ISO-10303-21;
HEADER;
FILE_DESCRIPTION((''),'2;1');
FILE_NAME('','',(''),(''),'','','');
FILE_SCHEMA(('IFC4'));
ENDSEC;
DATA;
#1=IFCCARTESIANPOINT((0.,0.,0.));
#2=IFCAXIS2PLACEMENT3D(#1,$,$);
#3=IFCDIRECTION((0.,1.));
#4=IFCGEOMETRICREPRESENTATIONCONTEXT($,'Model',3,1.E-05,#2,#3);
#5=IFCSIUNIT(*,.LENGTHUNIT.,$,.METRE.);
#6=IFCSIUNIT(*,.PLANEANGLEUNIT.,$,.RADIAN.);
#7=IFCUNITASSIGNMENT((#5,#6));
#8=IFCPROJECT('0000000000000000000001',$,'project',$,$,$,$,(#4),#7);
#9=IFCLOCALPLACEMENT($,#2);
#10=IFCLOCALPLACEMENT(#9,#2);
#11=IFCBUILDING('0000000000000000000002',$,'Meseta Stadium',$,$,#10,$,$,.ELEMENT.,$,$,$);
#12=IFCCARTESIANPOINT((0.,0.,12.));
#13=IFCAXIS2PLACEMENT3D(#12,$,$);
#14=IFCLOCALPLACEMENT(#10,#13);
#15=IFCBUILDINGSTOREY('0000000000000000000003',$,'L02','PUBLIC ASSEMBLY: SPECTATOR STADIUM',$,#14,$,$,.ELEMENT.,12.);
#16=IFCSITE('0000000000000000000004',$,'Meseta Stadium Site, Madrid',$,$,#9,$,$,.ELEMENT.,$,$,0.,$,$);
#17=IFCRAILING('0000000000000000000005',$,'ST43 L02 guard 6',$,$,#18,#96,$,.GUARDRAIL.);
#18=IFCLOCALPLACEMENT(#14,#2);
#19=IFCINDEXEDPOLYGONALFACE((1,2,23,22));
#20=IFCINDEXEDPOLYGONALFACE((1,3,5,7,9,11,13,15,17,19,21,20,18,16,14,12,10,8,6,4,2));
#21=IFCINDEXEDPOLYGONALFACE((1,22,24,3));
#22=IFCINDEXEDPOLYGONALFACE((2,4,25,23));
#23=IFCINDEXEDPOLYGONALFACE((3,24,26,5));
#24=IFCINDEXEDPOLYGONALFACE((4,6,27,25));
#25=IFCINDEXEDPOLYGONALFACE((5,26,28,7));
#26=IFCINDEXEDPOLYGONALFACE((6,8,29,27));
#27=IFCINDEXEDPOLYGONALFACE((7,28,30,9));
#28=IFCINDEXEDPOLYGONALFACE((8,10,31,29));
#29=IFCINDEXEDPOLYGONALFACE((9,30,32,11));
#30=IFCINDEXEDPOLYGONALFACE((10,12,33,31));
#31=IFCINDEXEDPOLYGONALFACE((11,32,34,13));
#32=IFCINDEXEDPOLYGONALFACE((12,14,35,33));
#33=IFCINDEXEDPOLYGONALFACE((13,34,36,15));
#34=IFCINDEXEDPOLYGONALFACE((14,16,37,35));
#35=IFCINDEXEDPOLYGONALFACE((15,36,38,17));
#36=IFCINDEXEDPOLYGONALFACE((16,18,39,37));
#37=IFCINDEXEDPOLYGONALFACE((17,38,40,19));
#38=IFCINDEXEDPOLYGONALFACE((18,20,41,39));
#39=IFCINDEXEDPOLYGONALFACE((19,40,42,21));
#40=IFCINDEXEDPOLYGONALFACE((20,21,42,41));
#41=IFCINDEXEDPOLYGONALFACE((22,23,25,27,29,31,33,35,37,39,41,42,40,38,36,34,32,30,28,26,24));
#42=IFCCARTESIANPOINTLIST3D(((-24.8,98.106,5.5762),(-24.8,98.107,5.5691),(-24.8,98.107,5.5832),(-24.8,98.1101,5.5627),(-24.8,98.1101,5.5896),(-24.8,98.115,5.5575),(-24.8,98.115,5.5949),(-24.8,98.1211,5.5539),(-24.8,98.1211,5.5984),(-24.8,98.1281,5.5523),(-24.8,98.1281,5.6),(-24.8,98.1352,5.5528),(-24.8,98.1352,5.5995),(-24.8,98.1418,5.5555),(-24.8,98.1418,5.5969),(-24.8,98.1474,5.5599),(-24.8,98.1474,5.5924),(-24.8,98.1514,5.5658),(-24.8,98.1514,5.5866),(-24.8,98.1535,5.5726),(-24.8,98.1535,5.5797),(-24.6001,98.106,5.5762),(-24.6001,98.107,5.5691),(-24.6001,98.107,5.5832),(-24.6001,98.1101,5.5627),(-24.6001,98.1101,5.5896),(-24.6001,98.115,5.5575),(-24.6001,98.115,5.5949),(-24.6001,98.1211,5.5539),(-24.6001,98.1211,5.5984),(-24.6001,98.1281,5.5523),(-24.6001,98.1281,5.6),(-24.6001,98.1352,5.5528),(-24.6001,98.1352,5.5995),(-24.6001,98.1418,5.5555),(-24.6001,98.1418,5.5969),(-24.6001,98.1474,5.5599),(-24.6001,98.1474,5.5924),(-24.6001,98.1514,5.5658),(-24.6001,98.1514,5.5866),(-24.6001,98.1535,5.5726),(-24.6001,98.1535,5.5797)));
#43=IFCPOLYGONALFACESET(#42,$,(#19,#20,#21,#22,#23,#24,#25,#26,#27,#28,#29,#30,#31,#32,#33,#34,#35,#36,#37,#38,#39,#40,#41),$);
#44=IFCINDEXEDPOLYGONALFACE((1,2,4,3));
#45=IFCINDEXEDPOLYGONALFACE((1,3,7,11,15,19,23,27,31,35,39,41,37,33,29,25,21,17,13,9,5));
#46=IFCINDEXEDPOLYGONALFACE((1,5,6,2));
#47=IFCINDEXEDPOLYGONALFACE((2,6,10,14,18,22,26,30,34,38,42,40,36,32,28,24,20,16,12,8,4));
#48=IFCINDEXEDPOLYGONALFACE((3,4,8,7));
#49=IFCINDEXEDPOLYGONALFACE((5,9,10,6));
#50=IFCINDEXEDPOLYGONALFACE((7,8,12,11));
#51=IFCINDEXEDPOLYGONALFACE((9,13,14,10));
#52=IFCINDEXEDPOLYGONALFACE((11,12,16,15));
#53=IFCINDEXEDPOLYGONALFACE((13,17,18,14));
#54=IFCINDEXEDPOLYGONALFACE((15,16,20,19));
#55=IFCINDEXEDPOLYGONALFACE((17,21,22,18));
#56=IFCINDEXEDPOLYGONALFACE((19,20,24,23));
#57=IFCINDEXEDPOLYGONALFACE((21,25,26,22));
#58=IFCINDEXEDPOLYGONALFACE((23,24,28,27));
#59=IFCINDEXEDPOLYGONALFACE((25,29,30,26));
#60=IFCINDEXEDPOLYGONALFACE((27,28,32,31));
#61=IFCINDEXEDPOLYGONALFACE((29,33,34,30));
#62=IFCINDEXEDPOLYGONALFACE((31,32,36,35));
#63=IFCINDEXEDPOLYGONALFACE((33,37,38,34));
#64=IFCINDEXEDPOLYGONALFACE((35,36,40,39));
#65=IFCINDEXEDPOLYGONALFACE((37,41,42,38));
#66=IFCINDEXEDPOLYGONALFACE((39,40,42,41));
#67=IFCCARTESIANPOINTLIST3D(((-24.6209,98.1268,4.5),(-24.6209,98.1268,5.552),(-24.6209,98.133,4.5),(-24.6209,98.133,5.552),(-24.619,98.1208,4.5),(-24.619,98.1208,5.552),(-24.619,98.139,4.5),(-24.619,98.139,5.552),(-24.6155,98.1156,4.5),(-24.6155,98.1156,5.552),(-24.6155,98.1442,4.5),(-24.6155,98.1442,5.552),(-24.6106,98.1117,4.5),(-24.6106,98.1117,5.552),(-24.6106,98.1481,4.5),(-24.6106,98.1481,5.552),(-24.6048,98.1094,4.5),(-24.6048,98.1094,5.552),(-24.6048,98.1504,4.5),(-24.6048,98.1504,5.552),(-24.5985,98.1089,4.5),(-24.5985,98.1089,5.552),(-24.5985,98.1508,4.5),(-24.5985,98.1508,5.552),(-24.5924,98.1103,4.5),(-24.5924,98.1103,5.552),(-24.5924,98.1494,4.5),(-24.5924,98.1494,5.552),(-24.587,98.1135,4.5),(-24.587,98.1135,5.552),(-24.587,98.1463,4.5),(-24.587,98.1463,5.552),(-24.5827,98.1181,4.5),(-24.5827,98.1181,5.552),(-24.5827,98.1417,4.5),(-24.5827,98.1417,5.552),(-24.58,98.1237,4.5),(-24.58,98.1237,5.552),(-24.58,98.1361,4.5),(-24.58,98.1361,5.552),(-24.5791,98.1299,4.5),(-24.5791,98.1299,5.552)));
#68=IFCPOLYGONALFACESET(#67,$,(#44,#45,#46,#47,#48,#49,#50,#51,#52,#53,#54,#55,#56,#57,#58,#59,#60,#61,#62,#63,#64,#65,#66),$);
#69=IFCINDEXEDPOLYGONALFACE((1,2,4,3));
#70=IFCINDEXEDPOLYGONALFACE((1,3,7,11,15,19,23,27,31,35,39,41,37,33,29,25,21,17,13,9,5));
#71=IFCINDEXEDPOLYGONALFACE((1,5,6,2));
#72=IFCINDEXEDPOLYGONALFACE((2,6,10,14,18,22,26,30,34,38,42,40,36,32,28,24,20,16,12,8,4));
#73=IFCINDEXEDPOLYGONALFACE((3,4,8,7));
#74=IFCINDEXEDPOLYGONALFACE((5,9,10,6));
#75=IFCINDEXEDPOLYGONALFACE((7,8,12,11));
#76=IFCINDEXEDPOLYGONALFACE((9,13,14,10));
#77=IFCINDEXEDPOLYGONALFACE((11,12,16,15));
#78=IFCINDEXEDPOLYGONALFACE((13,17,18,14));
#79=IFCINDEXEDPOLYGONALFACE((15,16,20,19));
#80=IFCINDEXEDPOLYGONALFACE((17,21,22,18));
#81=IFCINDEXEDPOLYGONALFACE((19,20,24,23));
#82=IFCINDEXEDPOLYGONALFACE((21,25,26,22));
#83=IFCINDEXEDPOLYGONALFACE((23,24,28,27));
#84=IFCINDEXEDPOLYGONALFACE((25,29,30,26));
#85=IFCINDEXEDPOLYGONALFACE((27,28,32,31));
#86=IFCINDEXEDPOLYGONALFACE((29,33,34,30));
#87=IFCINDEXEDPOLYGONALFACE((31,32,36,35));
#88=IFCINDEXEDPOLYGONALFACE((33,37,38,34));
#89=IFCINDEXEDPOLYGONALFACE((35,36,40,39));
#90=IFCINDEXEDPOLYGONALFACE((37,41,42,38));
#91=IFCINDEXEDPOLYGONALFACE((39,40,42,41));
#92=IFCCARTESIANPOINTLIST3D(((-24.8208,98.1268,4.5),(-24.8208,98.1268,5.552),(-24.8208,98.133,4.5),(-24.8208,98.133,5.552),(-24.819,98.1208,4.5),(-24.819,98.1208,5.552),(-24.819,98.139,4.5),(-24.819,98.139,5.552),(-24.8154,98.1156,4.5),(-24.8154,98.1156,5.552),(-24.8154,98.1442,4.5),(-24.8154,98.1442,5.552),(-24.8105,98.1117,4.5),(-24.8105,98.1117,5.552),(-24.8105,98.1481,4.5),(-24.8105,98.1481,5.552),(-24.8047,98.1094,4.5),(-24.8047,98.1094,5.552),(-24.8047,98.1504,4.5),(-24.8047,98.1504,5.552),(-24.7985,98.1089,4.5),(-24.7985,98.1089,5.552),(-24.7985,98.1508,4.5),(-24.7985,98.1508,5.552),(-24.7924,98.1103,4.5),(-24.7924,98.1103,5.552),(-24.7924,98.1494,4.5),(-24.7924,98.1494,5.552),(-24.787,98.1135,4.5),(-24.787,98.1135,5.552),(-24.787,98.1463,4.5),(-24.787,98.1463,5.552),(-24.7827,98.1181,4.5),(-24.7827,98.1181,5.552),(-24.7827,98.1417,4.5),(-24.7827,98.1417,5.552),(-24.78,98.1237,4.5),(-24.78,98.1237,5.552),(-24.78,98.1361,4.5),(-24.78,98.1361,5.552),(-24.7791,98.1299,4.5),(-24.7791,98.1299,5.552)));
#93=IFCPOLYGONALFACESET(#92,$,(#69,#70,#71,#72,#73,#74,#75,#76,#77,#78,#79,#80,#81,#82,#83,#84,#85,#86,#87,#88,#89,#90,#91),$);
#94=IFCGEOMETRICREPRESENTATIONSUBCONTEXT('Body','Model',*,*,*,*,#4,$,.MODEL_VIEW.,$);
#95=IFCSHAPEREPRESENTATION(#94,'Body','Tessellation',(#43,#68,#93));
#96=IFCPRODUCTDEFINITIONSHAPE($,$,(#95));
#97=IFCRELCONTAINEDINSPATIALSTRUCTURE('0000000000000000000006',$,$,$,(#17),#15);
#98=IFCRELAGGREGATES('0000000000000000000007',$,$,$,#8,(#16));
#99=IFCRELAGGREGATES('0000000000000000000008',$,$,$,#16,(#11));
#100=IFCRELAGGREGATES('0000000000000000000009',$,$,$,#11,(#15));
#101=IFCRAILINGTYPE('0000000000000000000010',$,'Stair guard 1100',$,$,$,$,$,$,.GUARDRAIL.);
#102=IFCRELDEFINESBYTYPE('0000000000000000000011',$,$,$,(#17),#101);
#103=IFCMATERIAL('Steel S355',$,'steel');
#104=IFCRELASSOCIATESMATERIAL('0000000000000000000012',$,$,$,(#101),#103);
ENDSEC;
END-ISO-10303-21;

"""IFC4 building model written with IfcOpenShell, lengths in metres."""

from ifc_helpers import new_model, si_unit, direction, frame, origin, origin_2d, place, context, subcontext, project, spatial, circle, extrude, material, type_object, element, save


model = new_model("IFC4")

# Units and contexts
model_context = context("Model", 3, precision=1e-05, world=origin(), true_north=direction((0.0, 1.0)))
body_context = subcontext(model_context, "Body", "Model", "MODEL_VIEW")
ifc_project = project(units=[si_unit("LENGTHUNIT", "METRE"), si_unit("PLANEANGLEUNIT", "RADIAN")], contexts=[model_context])

# Site, building, storey
site_placement = place(None, origin())
site = spatial("IfcSite", under=ifc_project, at=site_placement, Name="Meseta Stadium Site, Madrid", CompositionType="ELEMENT", RefElevation=0.0)
building_placement = place(site_placement, origin())
building = spatial("IfcBuilding", under=site, at=building_placement, Name="Meseta Stadium", CompositionType="ELEMENT")
storey_placement = place(building_placement, frame((0.0, 0.0, 12.0)))
storey = spatial("IfcBuildingStorey", under=building, at=storey_placement, Name="L02", Description="PUBLIC ASSEMBLY: SPECTATOR STADIUM", CompositionType="ELEMENT", Elevation=12.0)

# Railing
ifc_material_1 = material(Name="Steel S355", Category="steel")
railing_type = type_object("IfcRailingType", Name="Stair guard 1100", PredefinedType="GUARDRAIL", material=ifc_material_1)
for number, where, name in (
    (1, (-24.6001, 98.1299, 4.5), "ST43 L02 guard 6"),
):
    element("IfcRailing", number, at=place(storey_placement, frame(where)), inside=storey, type_object=railing_type, Name=name, PredefinedType="GUARDRAIL", context=body_context, shape_type="SweptSolid", body=[
        extrude(circle(Radius=0.0239, at=origin_2d()), frame((0.0, 0.0, 1.0762), z_axis=(-1.0, 0.0, 0.0), x_axis=(0.0, -1.0, 0.0)), (0.0, 0.0, 1.0), 0.2),
        extrude(circle(Radius=0.021, at=origin_2d()), origin(), (0.0, 0.0, 1.0), 1.052),
        extrude(circle(Radius=0.021, at=origin_2d()), frame((-0.2, 0.0, 0.0)), (0.0, 0.0, 1.0), 1.052),
    ])

save(model, "model.ifc")
